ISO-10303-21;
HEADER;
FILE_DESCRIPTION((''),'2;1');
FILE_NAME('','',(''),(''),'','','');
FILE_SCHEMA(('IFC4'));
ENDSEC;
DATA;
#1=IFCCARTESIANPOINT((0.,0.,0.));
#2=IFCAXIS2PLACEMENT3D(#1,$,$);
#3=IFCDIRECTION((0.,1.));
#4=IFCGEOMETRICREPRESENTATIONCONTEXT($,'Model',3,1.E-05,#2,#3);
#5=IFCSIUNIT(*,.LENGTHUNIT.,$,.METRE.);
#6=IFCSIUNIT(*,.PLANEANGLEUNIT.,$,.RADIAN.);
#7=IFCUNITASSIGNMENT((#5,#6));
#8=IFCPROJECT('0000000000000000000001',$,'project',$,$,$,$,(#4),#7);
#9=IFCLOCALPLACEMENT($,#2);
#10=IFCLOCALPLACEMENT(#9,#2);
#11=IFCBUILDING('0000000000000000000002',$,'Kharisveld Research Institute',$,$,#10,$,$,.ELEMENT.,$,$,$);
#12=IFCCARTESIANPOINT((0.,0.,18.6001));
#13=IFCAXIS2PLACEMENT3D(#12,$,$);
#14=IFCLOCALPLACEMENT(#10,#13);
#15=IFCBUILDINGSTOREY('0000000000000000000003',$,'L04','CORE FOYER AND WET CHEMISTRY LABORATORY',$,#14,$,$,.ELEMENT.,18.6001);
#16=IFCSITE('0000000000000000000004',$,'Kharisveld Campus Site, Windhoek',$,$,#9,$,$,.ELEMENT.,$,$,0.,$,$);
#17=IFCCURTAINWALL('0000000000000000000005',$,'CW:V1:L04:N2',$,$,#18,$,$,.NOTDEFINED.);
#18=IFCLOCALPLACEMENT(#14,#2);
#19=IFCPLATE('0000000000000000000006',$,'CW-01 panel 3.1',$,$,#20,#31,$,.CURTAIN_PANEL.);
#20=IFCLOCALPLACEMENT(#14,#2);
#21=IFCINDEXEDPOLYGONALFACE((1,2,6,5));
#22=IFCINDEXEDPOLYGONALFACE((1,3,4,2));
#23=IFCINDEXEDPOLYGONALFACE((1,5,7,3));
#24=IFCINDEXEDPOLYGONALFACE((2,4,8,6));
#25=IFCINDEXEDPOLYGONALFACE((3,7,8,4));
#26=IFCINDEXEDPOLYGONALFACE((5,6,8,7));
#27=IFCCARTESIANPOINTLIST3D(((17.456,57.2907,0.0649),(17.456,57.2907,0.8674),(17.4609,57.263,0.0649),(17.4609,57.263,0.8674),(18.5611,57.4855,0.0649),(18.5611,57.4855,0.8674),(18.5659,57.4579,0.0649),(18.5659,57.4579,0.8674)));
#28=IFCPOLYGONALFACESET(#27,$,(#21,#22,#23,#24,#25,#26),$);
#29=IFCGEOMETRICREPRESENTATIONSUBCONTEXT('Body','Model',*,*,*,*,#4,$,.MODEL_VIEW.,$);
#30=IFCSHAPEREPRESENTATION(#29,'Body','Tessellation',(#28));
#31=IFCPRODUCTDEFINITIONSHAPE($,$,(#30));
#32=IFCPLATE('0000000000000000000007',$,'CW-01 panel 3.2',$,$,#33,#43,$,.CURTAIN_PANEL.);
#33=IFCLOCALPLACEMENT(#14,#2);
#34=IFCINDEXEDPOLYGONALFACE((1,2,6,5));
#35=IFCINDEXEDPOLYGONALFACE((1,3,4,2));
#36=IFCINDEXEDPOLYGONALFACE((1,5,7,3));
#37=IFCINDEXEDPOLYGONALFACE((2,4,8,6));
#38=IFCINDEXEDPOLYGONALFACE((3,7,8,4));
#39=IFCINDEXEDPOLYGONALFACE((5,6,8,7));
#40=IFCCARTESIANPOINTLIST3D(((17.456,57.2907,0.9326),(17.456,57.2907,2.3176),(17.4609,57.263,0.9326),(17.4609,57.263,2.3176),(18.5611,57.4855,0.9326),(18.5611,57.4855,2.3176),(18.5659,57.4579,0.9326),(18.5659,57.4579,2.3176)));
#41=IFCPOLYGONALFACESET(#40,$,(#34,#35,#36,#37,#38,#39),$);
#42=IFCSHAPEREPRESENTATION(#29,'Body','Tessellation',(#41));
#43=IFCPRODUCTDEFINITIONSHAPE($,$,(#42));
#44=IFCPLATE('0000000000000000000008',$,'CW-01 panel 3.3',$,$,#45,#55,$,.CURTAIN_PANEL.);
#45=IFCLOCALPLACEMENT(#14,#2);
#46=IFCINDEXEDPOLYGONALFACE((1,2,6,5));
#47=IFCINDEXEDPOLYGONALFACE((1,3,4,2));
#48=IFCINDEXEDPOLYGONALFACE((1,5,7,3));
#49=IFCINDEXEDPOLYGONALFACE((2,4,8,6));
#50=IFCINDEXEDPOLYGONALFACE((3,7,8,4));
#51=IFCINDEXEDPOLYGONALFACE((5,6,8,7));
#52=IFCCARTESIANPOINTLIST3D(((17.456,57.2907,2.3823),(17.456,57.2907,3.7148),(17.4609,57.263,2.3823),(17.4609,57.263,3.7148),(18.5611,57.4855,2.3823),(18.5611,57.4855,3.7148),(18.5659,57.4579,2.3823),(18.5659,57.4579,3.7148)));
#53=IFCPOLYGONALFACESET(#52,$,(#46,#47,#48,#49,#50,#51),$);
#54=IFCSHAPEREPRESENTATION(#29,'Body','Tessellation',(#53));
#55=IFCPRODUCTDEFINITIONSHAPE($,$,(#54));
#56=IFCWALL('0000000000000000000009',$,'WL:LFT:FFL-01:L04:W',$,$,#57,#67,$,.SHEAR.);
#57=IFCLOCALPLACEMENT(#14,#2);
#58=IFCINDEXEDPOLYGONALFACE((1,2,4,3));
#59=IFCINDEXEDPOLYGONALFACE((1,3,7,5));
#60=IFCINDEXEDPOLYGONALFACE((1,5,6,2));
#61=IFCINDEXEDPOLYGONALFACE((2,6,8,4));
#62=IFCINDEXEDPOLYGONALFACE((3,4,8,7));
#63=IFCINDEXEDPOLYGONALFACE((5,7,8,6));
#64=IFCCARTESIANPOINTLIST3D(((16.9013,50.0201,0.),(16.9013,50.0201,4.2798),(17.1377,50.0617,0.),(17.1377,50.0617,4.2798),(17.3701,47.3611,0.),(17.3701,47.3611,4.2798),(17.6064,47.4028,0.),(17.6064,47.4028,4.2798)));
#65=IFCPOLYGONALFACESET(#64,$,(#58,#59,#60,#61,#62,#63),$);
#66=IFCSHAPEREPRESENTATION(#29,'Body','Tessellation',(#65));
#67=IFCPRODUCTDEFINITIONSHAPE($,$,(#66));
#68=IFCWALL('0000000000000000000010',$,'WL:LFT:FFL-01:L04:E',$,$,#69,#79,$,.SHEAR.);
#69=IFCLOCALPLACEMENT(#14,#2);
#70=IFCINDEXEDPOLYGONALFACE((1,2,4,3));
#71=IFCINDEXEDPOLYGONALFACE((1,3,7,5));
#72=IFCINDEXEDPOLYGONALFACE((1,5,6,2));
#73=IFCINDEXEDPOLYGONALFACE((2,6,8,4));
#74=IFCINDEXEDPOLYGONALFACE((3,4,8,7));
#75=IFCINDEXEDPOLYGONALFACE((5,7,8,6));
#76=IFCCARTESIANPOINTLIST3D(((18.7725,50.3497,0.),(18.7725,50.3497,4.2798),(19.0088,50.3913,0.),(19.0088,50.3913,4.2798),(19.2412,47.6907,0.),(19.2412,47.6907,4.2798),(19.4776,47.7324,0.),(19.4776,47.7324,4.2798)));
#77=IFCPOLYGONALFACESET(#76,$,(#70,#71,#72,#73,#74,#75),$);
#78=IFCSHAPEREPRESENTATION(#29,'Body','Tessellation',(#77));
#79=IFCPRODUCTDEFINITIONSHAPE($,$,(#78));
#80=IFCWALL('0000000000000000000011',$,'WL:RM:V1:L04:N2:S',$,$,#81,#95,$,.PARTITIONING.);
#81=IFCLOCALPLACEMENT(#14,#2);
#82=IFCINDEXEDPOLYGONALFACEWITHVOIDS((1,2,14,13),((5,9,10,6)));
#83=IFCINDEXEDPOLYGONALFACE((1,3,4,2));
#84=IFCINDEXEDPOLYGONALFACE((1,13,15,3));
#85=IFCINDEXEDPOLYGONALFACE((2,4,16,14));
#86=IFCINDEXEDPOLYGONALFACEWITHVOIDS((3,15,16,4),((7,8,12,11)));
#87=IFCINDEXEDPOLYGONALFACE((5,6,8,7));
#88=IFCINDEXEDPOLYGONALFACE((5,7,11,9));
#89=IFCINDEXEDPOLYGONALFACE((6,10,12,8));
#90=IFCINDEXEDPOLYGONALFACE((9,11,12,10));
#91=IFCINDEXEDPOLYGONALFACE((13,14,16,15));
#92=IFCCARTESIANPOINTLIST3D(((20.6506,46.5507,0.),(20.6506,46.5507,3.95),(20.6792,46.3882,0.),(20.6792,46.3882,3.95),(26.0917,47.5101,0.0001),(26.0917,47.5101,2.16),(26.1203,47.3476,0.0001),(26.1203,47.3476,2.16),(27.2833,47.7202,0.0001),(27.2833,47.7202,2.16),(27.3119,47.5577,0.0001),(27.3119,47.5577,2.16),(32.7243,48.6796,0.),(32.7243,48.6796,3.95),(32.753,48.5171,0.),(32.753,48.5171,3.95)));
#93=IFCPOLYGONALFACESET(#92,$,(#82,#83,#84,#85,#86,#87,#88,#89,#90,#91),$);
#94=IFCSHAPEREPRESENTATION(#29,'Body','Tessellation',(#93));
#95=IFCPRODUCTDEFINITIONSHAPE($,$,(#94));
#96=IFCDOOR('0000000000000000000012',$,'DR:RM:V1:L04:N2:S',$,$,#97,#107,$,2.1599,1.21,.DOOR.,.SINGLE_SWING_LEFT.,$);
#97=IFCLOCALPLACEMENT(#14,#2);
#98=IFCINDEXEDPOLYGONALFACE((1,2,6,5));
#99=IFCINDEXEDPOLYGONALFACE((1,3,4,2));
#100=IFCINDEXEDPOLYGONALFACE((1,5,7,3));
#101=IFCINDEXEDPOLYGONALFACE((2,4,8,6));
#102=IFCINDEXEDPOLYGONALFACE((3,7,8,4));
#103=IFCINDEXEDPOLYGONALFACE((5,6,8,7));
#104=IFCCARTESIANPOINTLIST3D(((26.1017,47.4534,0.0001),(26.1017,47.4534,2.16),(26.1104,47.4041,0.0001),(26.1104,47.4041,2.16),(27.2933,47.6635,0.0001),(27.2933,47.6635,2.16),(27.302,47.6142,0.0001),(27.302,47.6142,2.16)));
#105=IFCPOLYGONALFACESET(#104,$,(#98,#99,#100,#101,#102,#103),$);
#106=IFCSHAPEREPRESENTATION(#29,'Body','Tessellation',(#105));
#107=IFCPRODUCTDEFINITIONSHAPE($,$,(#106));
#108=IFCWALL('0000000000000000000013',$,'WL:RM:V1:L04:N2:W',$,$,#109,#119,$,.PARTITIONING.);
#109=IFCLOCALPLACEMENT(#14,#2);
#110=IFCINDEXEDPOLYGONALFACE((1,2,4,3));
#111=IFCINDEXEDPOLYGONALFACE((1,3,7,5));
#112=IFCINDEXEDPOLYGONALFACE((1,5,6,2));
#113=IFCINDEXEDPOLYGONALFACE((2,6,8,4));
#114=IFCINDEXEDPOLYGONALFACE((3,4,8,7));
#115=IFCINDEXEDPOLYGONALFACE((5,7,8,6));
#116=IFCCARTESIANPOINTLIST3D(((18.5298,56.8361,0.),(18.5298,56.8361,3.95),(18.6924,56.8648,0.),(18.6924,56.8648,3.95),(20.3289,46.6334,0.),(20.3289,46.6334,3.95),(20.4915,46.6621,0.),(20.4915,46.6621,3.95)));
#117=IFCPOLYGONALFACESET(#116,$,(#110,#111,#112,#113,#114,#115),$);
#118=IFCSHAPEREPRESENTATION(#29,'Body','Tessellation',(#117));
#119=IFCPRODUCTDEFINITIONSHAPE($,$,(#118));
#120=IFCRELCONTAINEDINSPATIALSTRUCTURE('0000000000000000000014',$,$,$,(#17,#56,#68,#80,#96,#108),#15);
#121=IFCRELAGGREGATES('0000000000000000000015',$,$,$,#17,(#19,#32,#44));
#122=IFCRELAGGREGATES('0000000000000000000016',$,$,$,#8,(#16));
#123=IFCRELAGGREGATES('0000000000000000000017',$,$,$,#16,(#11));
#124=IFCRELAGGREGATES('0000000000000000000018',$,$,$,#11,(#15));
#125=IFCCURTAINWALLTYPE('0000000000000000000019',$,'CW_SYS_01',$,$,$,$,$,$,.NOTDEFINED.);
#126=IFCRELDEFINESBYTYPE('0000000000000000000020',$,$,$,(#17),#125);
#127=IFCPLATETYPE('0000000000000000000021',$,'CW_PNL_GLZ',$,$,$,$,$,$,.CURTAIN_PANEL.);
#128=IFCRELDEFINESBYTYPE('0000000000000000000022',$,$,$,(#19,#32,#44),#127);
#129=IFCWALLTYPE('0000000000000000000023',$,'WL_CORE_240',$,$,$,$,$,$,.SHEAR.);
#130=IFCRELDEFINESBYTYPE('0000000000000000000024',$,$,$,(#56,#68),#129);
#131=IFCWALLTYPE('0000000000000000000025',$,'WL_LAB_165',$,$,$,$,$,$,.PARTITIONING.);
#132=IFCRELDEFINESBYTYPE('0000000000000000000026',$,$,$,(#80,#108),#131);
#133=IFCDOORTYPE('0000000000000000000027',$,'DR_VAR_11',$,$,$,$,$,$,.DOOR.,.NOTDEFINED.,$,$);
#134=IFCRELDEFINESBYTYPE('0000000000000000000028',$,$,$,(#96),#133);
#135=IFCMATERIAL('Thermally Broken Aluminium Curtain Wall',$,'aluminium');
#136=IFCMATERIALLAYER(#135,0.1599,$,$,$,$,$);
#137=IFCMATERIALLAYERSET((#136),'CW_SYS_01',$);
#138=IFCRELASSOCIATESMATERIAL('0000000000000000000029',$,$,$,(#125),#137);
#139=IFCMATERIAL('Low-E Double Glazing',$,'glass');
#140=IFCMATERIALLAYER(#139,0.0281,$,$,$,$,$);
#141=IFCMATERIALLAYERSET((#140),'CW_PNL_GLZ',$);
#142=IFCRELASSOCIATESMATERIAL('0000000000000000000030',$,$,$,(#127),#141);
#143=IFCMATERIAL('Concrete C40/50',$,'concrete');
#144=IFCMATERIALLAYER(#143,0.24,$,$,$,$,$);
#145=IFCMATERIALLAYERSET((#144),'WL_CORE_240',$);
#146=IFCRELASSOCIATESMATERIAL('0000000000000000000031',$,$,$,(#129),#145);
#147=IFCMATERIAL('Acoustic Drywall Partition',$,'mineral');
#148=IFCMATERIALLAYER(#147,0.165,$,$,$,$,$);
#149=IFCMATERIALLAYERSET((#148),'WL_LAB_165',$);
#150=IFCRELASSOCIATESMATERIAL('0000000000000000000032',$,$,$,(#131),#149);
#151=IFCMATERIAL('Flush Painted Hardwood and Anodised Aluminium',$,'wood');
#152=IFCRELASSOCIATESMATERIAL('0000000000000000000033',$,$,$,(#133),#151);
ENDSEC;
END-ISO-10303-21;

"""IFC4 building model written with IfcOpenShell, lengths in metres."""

from ifc_helpers import new_model, si_unit, direction, frame, frame_2d, origin, origin_2d, place, context, subcontext, project, spatial, rectangle, extrude, material, layer, layer_set, type_object, element, fill, aggregate, save


model = new_model("IFC4")

# Units and contexts
model_context = context("Model", 3, precision=1e-05, world=origin(), true_north=direction((0.0, 1.0)))
body_context = subcontext(model_context, "Body", "Model", "MODEL_VIEW")
ifc_project = project(units=[si_unit("LENGTHUNIT", "METRE"), si_unit("PLANEANGLEUNIT", "RADIAN")], contexts=[model_context])

# Site, building, storey
site_placement = place(None, origin())
site = spatial("IfcSite", under=ifc_project, at=site_placement, Name="Kharisveld Campus Site, Windhoek", CompositionType="ELEMENT", RefElevation=0.0)
building_placement = place(site_placement, origin())
building = spatial("IfcBuilding", under=site, at=building_placement, Name="Kharisveld Research Institute", CompositionType="ELEMENT")
storey_placement = place(building_placement, frame((0.0, 0.0, 18.6001)))
storey = spatial("IfcBuildingStorey", under=building, at=storey_placement, Name="L04", Description="CORE FOYER AND WET CHEMISTRY LABORATORY", CompositionType="ELEMENT", Elevation=18.6001)

# Curtain wall
ifc_material_1 = material(Name="Thermally Broken Aluminium Curtain Wall", Category="aluminium")
ifc_layer_1 = layer(ifc_material_1, 0.1599)
ifc_layer_set_1 = layer_set([ifc_layer_1], Name="CW_SYS_01")
curtain_wall_type = type_object("IfcCurtainWallType", Name="CW_SYS_01", PredefinedType="NOTDEFINED", material=ifc_layer_set_1)
curtain_wall_placement = place(storey_placement, origin())
curtain_wall = element("IfcCurtainWall", 1, at=curtain_wall_placement, inside=storey, type_object=curtain_wall_type, Name="CW:V1:L04:N2", PredefinedType="NOTDEFINED")

# Plates
ifc_material_2 = material(Name="Low-E Double Glazing", Category="glass")
ifc_layer_2 = layer(ifc_material_2, 0.0281)
ifc_layer_set_2 = layer_set([ifc_layer_2], Name="CW_PNL_GLZ")
plate_type = type_object("IfcPlateType", Name="CW_PNL_GLZ", PredefinedType="CURTAIN_PANEL", material=ifc_layer_set_2)
plate_1_placement = place(storey_placement, frame((18.011, 57.3743, 0.0649), z_axis=(0.0, 0.0, 1.0), x_axis=(0.984808, 0.173648, 0.0)))
plate_1 = element("IfcPlate", 2, at=plate_1_placement, type_object=plate_type, Name="CW-01 panel 3.1", PredefinedType="CURTAIN_PANEL", context=body_context, shape_type="SweptSolid", body=[
    extrude(rectangle(XDim=1.1221, YDim=0.0281, at=origin_2d()), origin(), (0.0, 0.0, 1.0), 0.8025),
])
plate_2_placement = place(storey_placement, frame((18.011, 57.3743, 0.9326), z_axis=(0.0, 0.0, 1.0), x_axis=(0.984808, 0.173648, 0.0)))
plate_2 = element("IfcPlate", 3, at=plate_2_placement, type_object=plate_type, Name="CW-01 panel 3.2", PredefinedType="CURTAIN_PANEL", context=body_context, shape_type="SweptSolid", body=[
    extrude(rectangle(XDim=1.1221, YDim=0.0281, at=origin_2d()), origin(), (0.0, 0.0, 1.0), 1.385),
])
plate_3_placement = place(storey_placement, frame((18.011, 57.3743, 2.3823), z_axis=(0.0, 0.0, 1.0), x_axis=(0.984808, 0.173648, 0.0)))
plate_3 = element("IfcPlate", 4, at=plate_3_placement, type_object=plate_type, Name="CW-01 panel 3.3", PredefinedType="CURTAIN_PANEL", context=body_context, shape_type="SweptSolid", body=[
    extrude(rectangle(XDim=1.1221, YDim=0.0281, at=origin_2d()), origin(), (0.0, 0.0, 1.0), 1.3325),
])
aggregate(curtain_wall, [plate_1, plate_2, plate_3])

# Walls
ifc_material_3 = material(Name="Concrete C40/50", Category="concrete")
ifc_layer_3 = layer(ifc_material_3, 0.24)
ifc_layer_set_3 = layer_set([ifc_layer_3], Name="WL_CORE_240")
wall_type_1 = type_object("IfcWallType", Name="WL_CORE_240", PredefinedType="SHEAR", material=ifc_layer_set_3)
for number, where, z_axis, x_axis, name in (
    (5, (17.4883, 47.3818, 0.0), (0.0, 0.0, 1.0), (-0.173615, 0.984814, 0.0), "WL:LFT:FFL-01:L04:W"),
    (6, (18.8906, 50.3706, 0.0), (0.0, 0.0, 1.0), (0.173615, -0.984814, 0.0), "WL:LFT:FFL-01:L04:E"),
):
    element("IfcWall", number, at=place(storey_placement, frame(where, z_axis=z_axis, x_axis=x_axis)), inside=storey, type_object=wall_type_1, Name=name, PredefinedType="SHEAR", context=body_context, shape_type="SweptSolid", body=[
        extrude(rectangle(XDim=2.7, YDim=0.24, at=frame_2d((1.3501, 0.0))), origin(), (0.0, 0.0, 1.0), 4.2798),
    ])

# Wall, opening, door
ifc_material_4 = material(Name="Acoustic Drywall Partition", Category="mineral")
ifc_layer_4 = layer(ifc_material_4, 0.165)
ifc_layer_set_4 = layer_set([ifc_layer_4], Name="WL_LAB_165")
wall_type_2 = type_object("IfcWallType", Name="WL_LAB_165", PredefinedType="PARTITIONING", material=ifc_layer_set_4)
wall_1_placement = place(storey_placement, frame((20.665, 46.4695, 0.0), z_axis=(0.0, 0.0, 1.0), x_axis=(0.984808, 0.173647, 0.0)))
wall_1 = element("IfcWall", 7, at=wall_1_placement, inside=storey, type_object=wall_type_2, Name="WL:RM:V1:L04:N2:S", PredefinedType="PARTITIONING", context=body_context, shape_type="SweptSolid", body=[
    extrude(rectangle(XDim=12.26, YDim=0.165, at=frame_2d((6.1299, 0.0))), origin(), (0.0, 0.0, 1.0), 3.95),
])
opening_1_placement = place(wall_1_placement, frame((5.5249, 0.0, 0.0)))
opening_1 = element("IfcOpeningElement", 8, at=opening_1_placement, cuts=wall_1, PredefinedType="OPENING", context=body_context, shape_type="SweptSolid", body=[
    extrude(rectangle(XDim=1.21, YDim=2.1599, at=frame_2d((0.605, 1.0801))), frame((0.0, 0.0825, 0.0), z_axis=(0.0, -1.0, 0.0), x_axis=(1.0, 0.0, 0.0)), (0.0, 0.0, 1.0), 0.165),
])
ifc_material_5 = material(Name="Flush Painted Hardwood and Anodised Aluminium", Category="wood")
door_type_1 = type_object("IfcDoorType", Name="DR_VAR_11", OperationType="NOTDEFINED", PredefinedType="DOOR", material=ifc_material_5)
door_1_placement = place(opening_1_placement, origin())
door_1 = element("IfcDoor", 9, at=door_1_placement, inside=storey, type_object=door_type_1, Name="DR:RM:V1:L04:N2:S", OperationType="SINGLE_SWING_LEFT", OverallHeight=2.1599, OverallWidth=1.21, PredefinedType="DOOR", context=body_context, shape_type="SweptSolid", body=[
    extrude(rectangle(XDim=1.21, YDim=2.1599, at=frame_2d((0.605, 1.0801))), frame((0.0, 0.0249, 0.0), z_axis=(0.0, -1.0, 0.0), x_axis=(1.0, 0.0, 0.0)), (0.0, 0.0, 1.0), 0.05),
])
fill(opening_1, door_1)

# Wall
wall_2_placement = place(storey_placement, frame((18.6111, 56.8506, 0.0), z_axis=(0.0, 0.0, 1.0), x_axis=(0.173655, -0.984807, 0.0)))
element("IfcWall", 10, at=wall_2_placement, inside=storey, type_object=wall_type_2, Name="WL:RM:V1:L04:N2:W", PredefinedType="PARTITIONING", context=body_context, shape_type="SweptSolid", body=[
    extrude(rectangle(XDim=10.3601, YDim=0.165, at=frame_2d((5.1802, 0.0))), origin(), (0.0, 0.0, 1.0), 3.95),
])

save(model, "model.ifc")
